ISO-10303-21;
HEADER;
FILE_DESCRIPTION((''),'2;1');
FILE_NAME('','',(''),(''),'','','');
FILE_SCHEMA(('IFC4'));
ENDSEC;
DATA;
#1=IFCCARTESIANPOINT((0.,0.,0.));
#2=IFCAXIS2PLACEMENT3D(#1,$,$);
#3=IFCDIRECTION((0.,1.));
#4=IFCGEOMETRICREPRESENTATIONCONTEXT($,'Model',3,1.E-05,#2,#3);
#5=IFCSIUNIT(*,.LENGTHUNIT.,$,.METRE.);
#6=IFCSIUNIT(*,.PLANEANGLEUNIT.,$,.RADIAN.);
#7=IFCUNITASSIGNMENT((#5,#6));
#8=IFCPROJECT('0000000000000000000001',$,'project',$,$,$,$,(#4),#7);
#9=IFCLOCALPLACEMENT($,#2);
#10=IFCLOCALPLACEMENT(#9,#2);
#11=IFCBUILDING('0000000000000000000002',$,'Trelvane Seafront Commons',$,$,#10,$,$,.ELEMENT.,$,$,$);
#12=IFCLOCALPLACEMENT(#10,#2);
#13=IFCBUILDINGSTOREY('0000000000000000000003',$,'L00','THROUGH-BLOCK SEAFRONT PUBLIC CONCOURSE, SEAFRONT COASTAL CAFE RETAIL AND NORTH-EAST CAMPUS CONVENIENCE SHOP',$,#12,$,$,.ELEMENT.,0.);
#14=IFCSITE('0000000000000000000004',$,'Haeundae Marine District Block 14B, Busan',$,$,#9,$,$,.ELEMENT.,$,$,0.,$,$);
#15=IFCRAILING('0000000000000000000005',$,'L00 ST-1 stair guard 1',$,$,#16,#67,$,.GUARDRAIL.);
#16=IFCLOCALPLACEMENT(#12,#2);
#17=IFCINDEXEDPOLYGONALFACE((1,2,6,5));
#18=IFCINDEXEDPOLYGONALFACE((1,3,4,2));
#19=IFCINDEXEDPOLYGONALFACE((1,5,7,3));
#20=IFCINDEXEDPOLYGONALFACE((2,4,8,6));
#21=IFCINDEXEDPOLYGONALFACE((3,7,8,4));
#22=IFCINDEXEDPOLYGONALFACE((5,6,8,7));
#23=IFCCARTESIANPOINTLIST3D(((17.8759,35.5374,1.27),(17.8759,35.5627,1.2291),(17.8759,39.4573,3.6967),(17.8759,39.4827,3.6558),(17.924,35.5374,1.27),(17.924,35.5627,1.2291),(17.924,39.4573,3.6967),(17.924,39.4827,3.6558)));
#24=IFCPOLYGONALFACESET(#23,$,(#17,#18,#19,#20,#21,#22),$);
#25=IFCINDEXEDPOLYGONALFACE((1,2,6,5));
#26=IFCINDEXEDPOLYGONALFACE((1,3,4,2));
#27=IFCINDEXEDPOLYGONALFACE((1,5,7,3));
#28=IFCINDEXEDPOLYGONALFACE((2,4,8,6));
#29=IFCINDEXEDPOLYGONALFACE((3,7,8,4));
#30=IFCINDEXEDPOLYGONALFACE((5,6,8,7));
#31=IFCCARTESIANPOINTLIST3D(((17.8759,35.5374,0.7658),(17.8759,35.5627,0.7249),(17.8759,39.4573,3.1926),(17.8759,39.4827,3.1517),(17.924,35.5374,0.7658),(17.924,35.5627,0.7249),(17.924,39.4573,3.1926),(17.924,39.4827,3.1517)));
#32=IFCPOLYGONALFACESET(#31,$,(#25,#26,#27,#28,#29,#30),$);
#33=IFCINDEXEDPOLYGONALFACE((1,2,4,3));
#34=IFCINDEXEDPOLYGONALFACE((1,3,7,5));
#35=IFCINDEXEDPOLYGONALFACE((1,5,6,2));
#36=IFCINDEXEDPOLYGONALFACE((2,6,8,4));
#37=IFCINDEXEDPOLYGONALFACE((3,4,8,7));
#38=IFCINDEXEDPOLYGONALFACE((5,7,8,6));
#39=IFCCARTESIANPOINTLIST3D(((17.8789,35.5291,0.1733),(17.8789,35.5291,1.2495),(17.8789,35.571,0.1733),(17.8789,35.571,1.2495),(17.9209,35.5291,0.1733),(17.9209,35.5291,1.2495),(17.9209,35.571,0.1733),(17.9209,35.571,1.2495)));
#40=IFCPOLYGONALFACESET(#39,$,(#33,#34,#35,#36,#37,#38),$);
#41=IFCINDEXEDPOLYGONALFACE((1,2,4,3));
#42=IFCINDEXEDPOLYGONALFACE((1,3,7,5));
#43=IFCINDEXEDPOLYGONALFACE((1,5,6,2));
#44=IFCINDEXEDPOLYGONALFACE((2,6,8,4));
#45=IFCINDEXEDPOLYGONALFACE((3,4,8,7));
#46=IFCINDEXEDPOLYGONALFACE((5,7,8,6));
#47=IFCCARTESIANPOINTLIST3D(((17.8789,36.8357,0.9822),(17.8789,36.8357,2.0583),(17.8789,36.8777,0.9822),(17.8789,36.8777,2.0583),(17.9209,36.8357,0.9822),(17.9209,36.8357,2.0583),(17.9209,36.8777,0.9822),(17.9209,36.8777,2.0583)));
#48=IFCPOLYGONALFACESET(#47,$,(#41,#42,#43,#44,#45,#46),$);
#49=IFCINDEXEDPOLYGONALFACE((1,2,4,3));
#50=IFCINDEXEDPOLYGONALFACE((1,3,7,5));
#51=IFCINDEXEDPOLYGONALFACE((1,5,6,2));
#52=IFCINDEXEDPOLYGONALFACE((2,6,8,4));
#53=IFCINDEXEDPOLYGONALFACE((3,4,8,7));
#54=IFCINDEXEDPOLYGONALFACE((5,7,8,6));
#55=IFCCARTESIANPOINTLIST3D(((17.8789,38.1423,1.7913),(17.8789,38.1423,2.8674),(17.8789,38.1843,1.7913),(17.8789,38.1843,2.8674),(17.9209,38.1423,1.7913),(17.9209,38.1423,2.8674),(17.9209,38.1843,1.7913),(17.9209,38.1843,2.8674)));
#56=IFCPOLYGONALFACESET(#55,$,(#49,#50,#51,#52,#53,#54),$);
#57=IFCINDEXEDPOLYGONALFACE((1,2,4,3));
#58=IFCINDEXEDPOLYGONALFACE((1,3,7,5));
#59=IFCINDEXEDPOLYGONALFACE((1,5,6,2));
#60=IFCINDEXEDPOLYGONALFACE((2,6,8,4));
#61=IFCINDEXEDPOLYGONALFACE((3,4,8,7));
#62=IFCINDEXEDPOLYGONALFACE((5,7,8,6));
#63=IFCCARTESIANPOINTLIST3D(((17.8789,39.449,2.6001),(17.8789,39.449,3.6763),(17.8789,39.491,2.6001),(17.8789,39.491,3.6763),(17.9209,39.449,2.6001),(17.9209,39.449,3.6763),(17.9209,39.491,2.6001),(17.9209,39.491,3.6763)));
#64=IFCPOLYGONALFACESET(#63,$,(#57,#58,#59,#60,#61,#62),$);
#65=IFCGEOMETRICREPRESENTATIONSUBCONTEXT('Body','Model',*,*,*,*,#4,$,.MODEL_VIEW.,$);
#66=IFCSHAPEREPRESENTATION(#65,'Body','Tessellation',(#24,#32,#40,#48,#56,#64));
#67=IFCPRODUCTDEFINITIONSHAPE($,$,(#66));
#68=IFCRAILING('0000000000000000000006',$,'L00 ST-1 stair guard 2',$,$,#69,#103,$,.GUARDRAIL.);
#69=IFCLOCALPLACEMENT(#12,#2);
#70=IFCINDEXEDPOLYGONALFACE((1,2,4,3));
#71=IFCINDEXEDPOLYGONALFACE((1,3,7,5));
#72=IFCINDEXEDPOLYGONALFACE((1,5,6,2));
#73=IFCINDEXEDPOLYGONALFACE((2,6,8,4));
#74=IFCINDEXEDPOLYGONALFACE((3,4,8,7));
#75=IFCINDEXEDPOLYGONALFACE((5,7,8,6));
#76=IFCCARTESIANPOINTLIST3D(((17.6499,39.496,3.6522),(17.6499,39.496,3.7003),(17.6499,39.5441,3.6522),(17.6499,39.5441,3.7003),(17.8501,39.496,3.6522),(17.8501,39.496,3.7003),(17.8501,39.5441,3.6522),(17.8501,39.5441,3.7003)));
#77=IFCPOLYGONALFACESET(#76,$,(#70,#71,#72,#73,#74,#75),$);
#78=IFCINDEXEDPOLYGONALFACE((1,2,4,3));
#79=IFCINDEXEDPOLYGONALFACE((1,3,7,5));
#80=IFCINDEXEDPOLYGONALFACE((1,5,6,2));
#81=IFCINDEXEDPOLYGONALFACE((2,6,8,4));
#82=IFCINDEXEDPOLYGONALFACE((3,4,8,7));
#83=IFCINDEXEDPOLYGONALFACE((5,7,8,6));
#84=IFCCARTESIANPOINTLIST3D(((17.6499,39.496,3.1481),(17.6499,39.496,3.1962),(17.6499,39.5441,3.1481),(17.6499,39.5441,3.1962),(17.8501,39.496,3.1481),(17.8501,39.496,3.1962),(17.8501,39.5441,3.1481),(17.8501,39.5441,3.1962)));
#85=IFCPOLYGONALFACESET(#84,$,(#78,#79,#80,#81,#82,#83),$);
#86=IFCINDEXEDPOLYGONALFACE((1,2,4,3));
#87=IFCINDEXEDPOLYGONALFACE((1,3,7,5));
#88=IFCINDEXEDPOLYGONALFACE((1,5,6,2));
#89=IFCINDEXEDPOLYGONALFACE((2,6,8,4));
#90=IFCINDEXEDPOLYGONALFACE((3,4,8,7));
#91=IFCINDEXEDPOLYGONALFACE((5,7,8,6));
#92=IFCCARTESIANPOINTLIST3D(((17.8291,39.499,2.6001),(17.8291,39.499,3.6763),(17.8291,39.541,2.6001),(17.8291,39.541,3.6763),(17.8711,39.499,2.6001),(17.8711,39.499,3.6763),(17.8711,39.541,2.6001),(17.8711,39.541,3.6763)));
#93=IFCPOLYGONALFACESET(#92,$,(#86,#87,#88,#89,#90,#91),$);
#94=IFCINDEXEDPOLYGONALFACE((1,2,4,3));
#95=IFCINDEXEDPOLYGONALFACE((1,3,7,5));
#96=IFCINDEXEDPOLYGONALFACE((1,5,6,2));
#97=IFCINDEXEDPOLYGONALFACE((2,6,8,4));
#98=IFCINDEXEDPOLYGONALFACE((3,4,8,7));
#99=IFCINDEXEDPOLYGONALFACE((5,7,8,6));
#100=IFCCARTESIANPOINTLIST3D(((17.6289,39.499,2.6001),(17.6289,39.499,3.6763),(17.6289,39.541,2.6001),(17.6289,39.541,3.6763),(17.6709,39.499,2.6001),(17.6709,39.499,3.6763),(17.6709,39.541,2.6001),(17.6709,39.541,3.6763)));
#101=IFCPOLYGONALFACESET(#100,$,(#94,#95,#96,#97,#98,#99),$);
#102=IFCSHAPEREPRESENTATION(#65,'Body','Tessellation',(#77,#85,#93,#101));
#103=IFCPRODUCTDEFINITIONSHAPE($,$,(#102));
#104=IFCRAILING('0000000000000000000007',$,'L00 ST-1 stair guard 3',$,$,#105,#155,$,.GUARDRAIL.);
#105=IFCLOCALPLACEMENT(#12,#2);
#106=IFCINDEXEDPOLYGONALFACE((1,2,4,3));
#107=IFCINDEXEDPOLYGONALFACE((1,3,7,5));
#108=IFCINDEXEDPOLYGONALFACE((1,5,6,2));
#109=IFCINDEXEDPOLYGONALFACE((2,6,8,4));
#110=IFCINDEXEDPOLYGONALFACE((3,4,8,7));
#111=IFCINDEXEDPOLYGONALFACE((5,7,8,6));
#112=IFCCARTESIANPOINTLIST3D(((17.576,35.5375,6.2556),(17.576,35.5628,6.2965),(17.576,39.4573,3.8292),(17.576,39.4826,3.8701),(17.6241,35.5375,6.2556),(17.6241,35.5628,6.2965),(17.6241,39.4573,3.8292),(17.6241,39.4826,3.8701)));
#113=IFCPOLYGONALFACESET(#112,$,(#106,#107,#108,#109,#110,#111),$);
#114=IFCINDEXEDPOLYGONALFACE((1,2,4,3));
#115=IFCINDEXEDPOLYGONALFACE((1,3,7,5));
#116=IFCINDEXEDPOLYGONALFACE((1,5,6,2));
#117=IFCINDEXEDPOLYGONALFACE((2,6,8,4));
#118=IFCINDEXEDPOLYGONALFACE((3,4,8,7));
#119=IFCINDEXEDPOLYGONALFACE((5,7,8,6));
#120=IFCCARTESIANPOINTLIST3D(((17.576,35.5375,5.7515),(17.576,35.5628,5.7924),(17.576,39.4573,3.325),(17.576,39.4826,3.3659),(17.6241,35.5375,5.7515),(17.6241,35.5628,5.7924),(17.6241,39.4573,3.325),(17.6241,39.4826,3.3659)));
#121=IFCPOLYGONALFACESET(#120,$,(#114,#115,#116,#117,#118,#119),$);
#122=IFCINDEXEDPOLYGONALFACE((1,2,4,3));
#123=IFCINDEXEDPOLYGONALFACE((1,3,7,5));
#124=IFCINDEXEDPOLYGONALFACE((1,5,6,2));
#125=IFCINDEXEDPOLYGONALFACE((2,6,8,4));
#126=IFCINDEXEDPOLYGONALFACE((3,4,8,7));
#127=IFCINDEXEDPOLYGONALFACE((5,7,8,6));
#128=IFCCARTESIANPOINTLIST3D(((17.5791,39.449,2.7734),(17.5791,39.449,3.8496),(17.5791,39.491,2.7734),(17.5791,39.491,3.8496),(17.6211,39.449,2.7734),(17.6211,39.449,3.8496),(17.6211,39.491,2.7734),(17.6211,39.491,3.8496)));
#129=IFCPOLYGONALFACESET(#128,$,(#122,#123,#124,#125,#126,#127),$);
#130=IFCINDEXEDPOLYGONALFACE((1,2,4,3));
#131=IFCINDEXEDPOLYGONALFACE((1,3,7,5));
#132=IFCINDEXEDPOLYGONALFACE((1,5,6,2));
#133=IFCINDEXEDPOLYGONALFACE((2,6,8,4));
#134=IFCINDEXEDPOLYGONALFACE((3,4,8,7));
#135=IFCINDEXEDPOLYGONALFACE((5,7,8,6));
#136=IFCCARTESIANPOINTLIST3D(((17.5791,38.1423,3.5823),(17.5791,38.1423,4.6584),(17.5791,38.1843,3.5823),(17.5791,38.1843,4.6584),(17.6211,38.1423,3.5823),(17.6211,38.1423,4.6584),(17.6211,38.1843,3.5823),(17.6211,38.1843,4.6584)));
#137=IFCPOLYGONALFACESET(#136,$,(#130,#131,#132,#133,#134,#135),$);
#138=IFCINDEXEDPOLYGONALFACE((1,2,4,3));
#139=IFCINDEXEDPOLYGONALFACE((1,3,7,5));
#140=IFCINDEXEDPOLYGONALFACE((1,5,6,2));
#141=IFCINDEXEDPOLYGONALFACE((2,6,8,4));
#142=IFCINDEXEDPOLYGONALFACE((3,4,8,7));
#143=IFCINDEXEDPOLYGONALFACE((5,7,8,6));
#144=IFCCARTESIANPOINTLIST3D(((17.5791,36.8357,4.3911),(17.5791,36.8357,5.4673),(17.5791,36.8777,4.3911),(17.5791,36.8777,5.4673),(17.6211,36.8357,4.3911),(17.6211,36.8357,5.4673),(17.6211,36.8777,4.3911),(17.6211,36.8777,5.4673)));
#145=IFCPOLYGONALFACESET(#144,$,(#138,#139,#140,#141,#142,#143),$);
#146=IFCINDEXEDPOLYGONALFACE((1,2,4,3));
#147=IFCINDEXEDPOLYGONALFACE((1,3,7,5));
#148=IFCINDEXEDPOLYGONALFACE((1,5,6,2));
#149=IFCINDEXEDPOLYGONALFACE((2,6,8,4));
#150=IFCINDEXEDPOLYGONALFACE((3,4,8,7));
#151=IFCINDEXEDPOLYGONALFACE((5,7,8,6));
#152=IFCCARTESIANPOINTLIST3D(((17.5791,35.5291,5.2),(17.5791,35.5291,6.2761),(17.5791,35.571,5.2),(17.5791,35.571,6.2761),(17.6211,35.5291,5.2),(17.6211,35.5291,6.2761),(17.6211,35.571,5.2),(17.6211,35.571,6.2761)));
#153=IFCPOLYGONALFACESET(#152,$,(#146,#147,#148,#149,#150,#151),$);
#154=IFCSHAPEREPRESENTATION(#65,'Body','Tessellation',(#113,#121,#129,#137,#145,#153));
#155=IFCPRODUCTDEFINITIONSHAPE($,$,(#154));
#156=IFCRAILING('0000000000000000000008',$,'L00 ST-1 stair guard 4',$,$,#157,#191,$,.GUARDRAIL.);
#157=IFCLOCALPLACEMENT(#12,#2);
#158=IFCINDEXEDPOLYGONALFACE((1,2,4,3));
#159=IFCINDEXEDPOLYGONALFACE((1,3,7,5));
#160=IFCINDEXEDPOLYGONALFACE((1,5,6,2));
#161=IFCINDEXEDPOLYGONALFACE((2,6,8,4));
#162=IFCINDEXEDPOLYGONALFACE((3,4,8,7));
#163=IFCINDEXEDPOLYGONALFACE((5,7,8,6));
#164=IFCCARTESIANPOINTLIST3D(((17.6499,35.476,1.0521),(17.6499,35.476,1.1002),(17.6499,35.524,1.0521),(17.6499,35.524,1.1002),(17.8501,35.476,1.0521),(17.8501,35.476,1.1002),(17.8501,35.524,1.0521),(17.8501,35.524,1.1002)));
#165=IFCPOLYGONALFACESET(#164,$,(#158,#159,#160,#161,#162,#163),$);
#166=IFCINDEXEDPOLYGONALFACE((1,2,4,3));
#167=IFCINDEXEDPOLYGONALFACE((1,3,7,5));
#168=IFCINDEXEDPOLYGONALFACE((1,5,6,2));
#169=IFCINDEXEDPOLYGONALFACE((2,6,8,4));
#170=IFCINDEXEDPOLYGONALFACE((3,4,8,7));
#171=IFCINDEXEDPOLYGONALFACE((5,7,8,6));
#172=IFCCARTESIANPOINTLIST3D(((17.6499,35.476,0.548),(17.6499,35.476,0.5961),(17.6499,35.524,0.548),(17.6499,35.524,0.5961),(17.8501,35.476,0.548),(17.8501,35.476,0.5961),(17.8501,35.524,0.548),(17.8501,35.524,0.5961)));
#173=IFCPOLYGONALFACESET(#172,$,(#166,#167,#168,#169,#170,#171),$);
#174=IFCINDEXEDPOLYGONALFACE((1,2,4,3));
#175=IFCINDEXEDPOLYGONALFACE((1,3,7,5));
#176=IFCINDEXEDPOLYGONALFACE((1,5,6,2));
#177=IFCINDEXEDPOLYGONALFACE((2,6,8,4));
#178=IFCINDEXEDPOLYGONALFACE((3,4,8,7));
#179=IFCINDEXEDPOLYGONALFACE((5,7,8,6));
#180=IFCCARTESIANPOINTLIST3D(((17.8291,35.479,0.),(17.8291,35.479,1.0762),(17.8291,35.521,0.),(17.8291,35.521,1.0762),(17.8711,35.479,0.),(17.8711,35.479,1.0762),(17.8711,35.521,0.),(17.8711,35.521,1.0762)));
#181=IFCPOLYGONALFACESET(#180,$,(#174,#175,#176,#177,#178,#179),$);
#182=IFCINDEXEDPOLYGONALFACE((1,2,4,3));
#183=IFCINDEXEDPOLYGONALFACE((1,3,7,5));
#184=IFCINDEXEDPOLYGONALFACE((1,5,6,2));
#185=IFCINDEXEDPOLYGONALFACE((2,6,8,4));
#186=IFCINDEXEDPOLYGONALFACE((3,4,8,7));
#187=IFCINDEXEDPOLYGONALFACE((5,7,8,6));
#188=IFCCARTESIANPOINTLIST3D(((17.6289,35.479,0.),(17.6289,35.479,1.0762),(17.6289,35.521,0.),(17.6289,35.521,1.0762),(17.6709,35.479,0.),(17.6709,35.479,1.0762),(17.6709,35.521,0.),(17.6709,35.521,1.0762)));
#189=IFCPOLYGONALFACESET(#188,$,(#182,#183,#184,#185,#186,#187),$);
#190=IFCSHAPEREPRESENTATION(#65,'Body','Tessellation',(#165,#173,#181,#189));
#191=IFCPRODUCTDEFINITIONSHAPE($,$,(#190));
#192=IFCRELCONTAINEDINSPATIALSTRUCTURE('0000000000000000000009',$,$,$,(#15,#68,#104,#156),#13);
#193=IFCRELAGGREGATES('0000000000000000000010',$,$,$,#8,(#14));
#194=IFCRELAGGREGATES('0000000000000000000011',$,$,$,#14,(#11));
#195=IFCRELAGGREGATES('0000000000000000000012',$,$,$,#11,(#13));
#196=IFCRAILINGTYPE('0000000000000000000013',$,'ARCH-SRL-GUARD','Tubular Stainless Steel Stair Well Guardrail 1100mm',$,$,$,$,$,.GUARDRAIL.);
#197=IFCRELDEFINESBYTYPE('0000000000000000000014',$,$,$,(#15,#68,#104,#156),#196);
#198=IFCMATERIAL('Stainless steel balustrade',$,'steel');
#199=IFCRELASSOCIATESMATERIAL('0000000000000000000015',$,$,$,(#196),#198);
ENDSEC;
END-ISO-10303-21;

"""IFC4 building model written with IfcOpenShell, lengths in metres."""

from ifc_helpers import new_model, si_unit, direction, frame, origin, origin_2d, place, context, subcontext, project, spatial, rectangle, extrude, material, type_object, element, save


model = new_model("IFC4")

# Units and contexts
model_context = context("Model", 3, precision=1e-05, world=origin(), true_north=direction((0.0, 1.0)))
body_context = subcontext(model_context, "Body", "Model", "MODEL_VIEW")
ifc_project = project(units=[si_unit("LENGTHUNIT", "METRE"), si_unit("PLANEANGLEUNIT", "RADIAN")], contexts=[model_context])

# Site, building, storey
site_placement = place(None, origin())
site = spatial("IfcSite", under=ifc_project, at=site_placement, Name="Haeundae Marine District Block 14B, Busan", CompositionType="ELEMENT", RefElevation=0.0)
building_placement = place(site_placement, origin())
building = spatial("IfcBuilding", under=site, at=building_placement, Name="Trelvane Seafront Commons", CompositionType="ELEMENT")
storey_placement = place(building_placement, origin())
storey = spatial("IfcBuildingStorey", under=building, at=storey_placement, Name="L00", Description="THROUGH-BLOCK SEAFRONT PUBLIC CONCOURSE, SEAFRONT COASTAL CAFE RETAIL AND NORTH-EAST CAMPUS CONVENIENCE SHOP", CompositionType="ELEMENT", Elevation=0.0)

# Shared definitions
ifc_material_1 = material(Name="Stainless steel balustrade", Category="steel")

# Railings
railing_type_1 = type_object("IfcRailingType", Name="ARCH-SRL-GUARD", Description="Tubular Stainless Steel Stair Well Guardrail 1100mm", PredefinedType="GUARDRAIL", material=ifc_material_1)
railing_1_placement = place(storey_placement, frame((17.8999, 35.55, 0.1733)))
element("IfcRailing", 1, at=railing_1_placement, inside=storey, type_object=railing_type_1, Name="L00 ST-1 stair guard 1", PredefinedType="GUARDRAIL", context=body_context, shape_type="SweptSolid", body=[
    extrude(rectangle(XDim=0.0481, YDim=0.0481, at=origin_2d()), frame((0.0, 0.0, 1.0762), z_axis=(0.0, 0.850252, 0.526376), x_axis=(-1.0, 0.0, 0.0)), (0.0, 0.0, 1.0), 4.6104),
    extrude(rectangle(XDim=0.0481, YDim=0.0481, at=origin_2d()), frame((0.0, 0.0, 0.572), z_axis=(0.0, 0.850252, 0.526376), x_axis=(-1.0, 0.0, 0.0)), (0.0, 0.0, 1.0), 4.6104),
    extrude(rectangle(XDim=0.042, YDim=0.042, at=origin_2d()), origin(), (0.0, 0.0, 1.0), 1.0762),
    extrude(rectangle(XDim=0.042, YDim=0.042, at=origin_2d()), frame((0.0, 1.3066, 0.8088)), (0.0, 0.0, 1.0), 1.0762),
    extrude(rectangle(XDim=0.042, YDim=0.042, at=origin_2d()), frame((0.0, 2.6133, 1.6179)), (0.0, 0.0, 1.0), 1.0762),
    extrude(rectangle(XDim=0.042, YDim=0.042, at=origin_2d()), frame((0.0, 3.9199, 2.4268)), (0.0, 0.0, 1.0), 1.0762),
])
railing_2_placement = place(storey_placement, frame((17.8501, 39.52, 2.6001)))
element("IfcRailing", 2, at=railing_2_placement, inside=storey, type_object=railing_type_1, Name="L00 ST-1 stair guard 2", PredefinedType="GUARDRAIL", context=body_context, shape_type="SweptSolid", body=[
    extrude(rectangle(XDim=0.0481, YDim=0.0481, at=origin_2d()), frame((0.0, 0.0, 1.0762), z_axis=(-1.0, 0.0, 0.0), x_axis=(0.0, -1.0, 0.0)), (0.0, 0.0, 1.0), 0.2002),
    extrude(rectangle(XDim=0.0481, YDim=0.0481, at=origin_2d()), frame((0.0, 0.0, 0.572), z_axis=(-1.0, 0.0, 0.0), x_axis=(0.0, -1.0, 0.0)), (0.0, 0.0, 1.0), 0.2002),
    extrude(rectangle(XDim=0.042, YDim=0.042, at=origin_2d()), origin(), (0.0, 0.0, 1.0), 1.0762),
    extrude(rectangle(XDim=0.042, YDim=0.042, at=origin_2d()), frame((-0.2002, 0.0, 0.0)), (0.0, 0.0, 1.0), 1.0762),
])
railing_3_placement = place(storey_placement, frame((17.6001, 39.47, 2.7734)))
element("IfcRailing", 3, at=railing_3_placement, inside=storey, type_object=railing_type_1, Name="L00 ST-1 stair guard 3", PredefinedType="GUARDRAIL", context=body_context, shape_type="SweptSolid", body=[
    extrude(rectangle(XDim=0.0481, YDim=0.0481, at=origin_2d()), frame((0.0, 0.0, 1.0762), z_axis=(0.0, -0.850275, 0.526338), x_axis=(1.0, 0.0, 0.0)), (0.0, 0.0, 1.0), 4.6101),
    extrude(rectangle(XDim=0.0481, YDim=0.0481, at=origin_2d()), frame((0.0, 0.0, 0.572), z_axis=(0.0, -0.850275, 0.526338), x_axis=(1.0, 0.0, 0.0)), (0.0, 0.0, 1.0), 4.6101),
    extrude(rectangle(XDim=0.042, YDim=0.042, at=origin_2d()), origin(), (0.0, 0.0, 1.0), 1.0762),
    extrude(rectangle(XDim=0.042, YDim=0.042, at=origin_2d()), frame((0.0, -1.3066, 0.8088)), (0.0, 0.0, 1.0), 1.0762),
    extrude(rectangle(XDim=0.042, YDim=0.042, at=origin_2d()), frame((0.0, -2.6133, 1.6177)), (0.0, 0.0, 1.0), 1.0762),
    extrude(rectangle(XDim=0.042, YDim=0.042, at=origin_2d()), frame((0.0, -3.9199, 2.4265)), (0.0, 0.0, 1.0), 1.0762),
])
railing_4_placement = place(storey_placement, frame((17.8501, 35.5, 0.0)))
element("IfcRailing", 4, at=railing_4_placement, inside=storey, type_object=railing_type_1, Name="L00 ST-1 stair guard 4", PredefinedType="GUARDRAIL", context=body_context, shape_type="SweptSolid", body=[
    extrude(rectangle(XDim=0.0481, YDim=0.0481, at=origin_2d()), frame((0.0, 0.0, 1.0762), z_axis=(-1.0, 0.0, 0.0), x_axis=(0.0, -1.0, 0.0)), (0.0, 0.0, 1.0), 0.2002),
    extrude(rectangle(XDim=0.0481, YDim=0.0481, at=origin_2d()), frame((0.0, 0.0, 0.572), z_axis=(-1.0, 0.0, 0.0), x_axis=(0.0, -1.0, 0.0)), (0.0, 0.0, 1.0), 0.2002),
    extrude(rectangle(XDim=0.042, YDim=0.042, at=origin_2d()), origin(), (0.0, 0.0, 1.0), 1.0762),
    extrude(rectangle(XDim=0.042, YDim=0.042, at=origin_2d()), frame((-0.2002, 0.0, 0.0)), (0.0, 0.0, 1.0), 1.0762),
])

save(model, "model.ifc")
